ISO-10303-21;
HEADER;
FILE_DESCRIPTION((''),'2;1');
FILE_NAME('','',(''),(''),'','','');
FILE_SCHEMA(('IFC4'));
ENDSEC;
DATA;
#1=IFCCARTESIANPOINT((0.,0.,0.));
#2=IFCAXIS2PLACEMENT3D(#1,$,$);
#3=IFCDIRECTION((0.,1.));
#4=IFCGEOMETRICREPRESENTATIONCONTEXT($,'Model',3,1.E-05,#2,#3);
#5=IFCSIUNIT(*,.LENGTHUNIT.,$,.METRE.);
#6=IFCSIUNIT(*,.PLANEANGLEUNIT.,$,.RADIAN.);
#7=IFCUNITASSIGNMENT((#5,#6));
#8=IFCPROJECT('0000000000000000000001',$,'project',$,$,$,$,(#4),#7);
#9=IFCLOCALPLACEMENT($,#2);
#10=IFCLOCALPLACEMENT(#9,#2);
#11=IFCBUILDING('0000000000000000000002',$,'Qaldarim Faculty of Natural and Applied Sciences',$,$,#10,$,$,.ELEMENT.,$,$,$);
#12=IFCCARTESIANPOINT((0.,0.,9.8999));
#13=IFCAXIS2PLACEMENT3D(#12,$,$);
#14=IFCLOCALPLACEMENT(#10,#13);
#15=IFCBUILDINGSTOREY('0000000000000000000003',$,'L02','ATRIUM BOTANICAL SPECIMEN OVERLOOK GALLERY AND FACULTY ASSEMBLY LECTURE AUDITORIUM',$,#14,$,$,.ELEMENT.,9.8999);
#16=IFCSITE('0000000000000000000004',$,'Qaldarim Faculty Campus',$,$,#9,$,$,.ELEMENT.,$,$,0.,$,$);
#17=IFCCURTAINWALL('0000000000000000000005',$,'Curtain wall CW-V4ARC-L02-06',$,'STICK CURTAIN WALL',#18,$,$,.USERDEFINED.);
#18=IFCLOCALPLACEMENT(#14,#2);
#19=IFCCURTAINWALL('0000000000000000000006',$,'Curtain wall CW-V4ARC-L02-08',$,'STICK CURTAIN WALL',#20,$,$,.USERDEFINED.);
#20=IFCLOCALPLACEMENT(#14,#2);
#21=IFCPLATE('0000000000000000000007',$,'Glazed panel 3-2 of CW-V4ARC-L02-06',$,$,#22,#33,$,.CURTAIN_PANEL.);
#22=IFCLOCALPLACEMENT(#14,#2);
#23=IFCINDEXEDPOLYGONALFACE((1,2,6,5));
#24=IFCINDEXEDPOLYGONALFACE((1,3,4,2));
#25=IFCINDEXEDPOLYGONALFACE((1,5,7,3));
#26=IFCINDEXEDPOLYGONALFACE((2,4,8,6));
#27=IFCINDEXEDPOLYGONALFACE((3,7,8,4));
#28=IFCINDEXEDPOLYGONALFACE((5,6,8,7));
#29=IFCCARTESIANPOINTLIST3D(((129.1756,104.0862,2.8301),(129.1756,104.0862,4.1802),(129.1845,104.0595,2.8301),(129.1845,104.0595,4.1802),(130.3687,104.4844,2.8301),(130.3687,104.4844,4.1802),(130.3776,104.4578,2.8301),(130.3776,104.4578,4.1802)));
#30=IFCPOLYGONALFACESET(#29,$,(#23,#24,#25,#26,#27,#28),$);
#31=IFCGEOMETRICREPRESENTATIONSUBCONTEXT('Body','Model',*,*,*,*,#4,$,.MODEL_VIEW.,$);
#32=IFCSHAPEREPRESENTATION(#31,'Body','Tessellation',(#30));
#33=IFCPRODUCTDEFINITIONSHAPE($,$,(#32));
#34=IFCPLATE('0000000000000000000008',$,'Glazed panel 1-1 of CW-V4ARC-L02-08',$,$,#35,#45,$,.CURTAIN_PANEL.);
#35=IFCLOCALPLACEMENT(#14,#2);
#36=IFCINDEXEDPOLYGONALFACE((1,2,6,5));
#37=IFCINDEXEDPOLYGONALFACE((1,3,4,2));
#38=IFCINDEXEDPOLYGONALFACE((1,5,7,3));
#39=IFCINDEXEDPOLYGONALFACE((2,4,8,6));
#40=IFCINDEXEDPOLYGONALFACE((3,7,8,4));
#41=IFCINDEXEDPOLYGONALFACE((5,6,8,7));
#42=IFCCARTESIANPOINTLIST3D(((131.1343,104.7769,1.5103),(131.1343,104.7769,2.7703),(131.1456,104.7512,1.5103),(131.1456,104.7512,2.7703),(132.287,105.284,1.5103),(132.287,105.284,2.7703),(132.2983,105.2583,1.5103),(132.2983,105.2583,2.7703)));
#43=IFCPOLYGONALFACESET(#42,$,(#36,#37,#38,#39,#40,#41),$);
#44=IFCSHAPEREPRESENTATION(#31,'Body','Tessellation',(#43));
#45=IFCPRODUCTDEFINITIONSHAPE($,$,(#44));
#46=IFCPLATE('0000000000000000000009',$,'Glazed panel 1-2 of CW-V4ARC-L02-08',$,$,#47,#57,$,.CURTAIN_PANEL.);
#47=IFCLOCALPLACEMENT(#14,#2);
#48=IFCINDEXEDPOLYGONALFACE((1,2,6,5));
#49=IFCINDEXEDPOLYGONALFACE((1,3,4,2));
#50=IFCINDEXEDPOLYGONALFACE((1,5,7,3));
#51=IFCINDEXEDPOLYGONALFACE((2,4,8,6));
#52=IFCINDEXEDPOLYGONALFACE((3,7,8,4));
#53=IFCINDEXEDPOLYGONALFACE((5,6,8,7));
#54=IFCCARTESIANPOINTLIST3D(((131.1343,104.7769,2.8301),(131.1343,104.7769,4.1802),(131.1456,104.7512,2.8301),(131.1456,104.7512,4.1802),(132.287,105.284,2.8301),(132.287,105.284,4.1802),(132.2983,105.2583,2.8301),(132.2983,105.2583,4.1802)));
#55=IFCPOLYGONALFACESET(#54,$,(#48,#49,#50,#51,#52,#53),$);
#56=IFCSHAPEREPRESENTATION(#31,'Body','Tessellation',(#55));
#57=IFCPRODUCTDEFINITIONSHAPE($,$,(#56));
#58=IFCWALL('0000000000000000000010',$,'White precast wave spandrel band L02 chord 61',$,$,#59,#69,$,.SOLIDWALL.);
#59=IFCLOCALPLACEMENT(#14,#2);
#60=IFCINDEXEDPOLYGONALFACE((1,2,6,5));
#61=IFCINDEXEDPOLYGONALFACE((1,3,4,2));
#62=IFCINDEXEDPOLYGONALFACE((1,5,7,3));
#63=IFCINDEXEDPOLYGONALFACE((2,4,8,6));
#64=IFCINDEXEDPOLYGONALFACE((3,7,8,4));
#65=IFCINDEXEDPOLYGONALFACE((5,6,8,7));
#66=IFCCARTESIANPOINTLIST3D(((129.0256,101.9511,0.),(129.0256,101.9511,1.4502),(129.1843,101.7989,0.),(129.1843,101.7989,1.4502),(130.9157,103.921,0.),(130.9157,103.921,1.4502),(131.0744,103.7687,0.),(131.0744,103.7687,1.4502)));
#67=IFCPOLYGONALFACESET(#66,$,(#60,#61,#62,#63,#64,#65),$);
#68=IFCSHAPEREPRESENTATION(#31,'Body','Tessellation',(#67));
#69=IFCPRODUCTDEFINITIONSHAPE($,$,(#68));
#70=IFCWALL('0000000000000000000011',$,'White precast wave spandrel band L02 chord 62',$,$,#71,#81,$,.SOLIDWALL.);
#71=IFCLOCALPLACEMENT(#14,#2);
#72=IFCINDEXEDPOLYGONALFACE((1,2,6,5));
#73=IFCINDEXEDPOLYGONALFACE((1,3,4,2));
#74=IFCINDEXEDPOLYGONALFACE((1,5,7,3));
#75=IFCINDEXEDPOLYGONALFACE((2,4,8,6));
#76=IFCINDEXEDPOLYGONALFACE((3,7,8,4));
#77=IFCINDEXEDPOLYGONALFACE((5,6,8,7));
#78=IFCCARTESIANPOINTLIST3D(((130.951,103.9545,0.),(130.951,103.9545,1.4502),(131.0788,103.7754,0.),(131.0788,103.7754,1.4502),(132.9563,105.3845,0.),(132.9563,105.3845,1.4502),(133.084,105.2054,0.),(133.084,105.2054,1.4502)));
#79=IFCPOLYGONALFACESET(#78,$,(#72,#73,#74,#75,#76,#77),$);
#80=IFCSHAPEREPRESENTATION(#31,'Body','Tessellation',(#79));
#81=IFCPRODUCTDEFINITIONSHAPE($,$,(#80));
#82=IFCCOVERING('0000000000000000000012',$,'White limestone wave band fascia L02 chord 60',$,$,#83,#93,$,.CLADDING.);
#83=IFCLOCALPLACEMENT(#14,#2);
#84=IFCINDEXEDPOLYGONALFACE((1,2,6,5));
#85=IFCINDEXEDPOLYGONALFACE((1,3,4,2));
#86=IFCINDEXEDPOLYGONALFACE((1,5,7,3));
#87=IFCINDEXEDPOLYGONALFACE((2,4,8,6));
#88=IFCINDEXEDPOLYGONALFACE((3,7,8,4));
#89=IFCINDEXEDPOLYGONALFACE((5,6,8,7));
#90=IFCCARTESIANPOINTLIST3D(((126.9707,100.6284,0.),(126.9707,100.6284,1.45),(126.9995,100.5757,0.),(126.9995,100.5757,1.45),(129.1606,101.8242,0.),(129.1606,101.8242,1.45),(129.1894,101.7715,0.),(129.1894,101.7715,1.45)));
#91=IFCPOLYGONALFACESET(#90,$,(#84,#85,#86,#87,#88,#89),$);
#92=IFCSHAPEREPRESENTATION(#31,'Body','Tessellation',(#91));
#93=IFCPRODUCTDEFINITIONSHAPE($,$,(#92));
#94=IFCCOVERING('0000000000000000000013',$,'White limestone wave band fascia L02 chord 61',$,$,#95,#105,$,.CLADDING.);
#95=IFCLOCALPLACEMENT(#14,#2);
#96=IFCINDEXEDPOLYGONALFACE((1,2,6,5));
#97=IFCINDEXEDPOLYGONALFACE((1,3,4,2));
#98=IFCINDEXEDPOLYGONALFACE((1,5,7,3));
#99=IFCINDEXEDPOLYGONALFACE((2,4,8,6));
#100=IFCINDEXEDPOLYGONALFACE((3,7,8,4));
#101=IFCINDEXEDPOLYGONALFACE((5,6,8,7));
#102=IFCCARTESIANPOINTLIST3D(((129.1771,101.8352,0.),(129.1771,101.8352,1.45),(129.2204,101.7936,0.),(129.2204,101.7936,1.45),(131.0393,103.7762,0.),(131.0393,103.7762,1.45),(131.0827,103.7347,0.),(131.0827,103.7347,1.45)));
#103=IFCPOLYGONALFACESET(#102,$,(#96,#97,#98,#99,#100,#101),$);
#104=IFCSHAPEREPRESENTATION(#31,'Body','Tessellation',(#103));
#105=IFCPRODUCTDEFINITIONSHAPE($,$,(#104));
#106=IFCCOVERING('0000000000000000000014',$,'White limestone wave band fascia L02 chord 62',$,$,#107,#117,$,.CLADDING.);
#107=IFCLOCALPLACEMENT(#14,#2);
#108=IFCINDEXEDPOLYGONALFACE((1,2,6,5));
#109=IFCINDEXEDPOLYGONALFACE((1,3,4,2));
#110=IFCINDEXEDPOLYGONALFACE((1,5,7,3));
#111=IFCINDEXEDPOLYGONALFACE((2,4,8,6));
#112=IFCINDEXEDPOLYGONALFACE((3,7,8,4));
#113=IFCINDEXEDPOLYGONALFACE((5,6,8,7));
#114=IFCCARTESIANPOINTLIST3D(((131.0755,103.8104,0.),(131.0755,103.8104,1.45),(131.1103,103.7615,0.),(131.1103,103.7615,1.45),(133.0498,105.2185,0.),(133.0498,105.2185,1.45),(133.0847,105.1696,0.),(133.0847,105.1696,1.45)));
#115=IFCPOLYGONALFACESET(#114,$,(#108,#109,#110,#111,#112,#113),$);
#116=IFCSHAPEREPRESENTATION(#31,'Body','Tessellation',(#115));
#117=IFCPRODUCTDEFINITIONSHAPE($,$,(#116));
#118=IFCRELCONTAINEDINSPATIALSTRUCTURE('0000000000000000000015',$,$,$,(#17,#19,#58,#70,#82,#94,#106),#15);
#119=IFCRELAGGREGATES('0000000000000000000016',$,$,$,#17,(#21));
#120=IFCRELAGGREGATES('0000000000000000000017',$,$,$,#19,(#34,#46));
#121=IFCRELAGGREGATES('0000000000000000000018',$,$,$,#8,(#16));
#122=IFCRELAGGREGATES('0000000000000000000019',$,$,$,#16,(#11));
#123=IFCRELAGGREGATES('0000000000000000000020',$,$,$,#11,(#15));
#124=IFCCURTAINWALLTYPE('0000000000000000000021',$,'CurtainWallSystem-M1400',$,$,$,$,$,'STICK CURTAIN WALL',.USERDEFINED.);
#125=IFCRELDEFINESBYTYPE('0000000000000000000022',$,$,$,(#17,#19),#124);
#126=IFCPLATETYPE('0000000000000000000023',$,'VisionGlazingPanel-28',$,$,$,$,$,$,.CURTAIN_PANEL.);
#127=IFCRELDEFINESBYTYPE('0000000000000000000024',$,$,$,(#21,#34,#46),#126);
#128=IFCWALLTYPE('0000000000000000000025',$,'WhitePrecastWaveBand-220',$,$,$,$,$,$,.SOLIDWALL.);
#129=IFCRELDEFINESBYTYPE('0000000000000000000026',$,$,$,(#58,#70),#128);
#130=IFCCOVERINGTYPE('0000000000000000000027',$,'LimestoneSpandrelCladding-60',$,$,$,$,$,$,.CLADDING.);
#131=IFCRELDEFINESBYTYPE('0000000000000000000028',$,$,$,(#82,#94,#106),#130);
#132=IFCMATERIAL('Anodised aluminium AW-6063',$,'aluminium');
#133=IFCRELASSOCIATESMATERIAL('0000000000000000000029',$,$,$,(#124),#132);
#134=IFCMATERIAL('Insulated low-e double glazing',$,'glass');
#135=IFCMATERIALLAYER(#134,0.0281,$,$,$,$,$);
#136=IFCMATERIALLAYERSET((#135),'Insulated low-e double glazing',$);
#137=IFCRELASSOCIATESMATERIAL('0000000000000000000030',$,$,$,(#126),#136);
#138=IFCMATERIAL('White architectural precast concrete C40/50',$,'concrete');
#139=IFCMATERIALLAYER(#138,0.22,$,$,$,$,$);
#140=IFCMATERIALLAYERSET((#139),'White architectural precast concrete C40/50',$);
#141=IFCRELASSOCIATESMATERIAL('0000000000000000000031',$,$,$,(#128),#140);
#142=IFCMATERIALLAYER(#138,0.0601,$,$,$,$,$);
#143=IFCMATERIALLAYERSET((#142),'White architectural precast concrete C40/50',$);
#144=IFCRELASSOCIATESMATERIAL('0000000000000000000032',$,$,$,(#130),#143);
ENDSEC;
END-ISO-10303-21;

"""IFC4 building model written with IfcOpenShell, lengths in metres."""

from ifc_helpers import new_model, si_unit, direction, frame, frame_2d, origin, origin_2d, place, context, subcontext, project, spatial, rectangle, extrude, material, layer, layer_set, type_object, element, aggregate, save


model = new_model("IFC4")

# Units and contexts
model_context = context("Model", 3, precision=1e-05, world=origin(), true_north=direction((0.0, 1.0)))
body_context = subcontext(model_context, "Body", "Model", "MODEL_VIEW")
ifc_project = project(units=[si_unit("LENGTHUNIT", "METRE"), si_unit("PLANEANGLEUNIT", "RADIAN")], contexts=[model_context])

# Site, building, storey
site_placement = place(None, origin())
site = spatial("IfcSite", under=ifc_project, at=site_placement, Name="Qaldarim Faculty Campus", CompositionType="ELEMENT", RefElevation=0.0)
building_placement = place(site_placement, origin())
building = spatial("IfcBuilding", under=site, at=building_placement, Name="Qaldarim Faculty of Natural and Applied Sciences", CompositionType="ELEMENT")
storey_placement = place(building_placement, frame((0.0, 0.0, 9.8999)))
storey = spatial("IfcBuildingStorey", under=building, at=storey_placement, Name="L02", Description="ATRIUM BOTANICAL SPECIMEN OVERLOOK GALLERY AND FACULTY ASSEMBLY LECTURE AUDITORIUM", CompositionType="ELEMENT", Elevation=9.8999)

# Curtain wall
ifc_material_1 = material(Name="Anodised aluminium AW-6063", Category="aluminium")
curtain_wall_type = type_object("IfcCurtainWallType", Name="CurtainWallSystem-M1400", ElementType="STICK CURTAIN WALL", PredefinedType="USERDEFINED", material=ifc_material_1)
curtain_wall_1_placement = place(storey_placement, origin())
curtain_wall_1 = element("IfcCurtainWall", 1, at=curtain_wall_1_placement, inside=storey, type_object=curtain_wall_type, Name="Curtain wall CW-V4ARC-L02-06", ObjectType="STICK CURTAIN WALL", PredefinedType="USERDEFINED")

# Curtain wall
curtain_wall_2_placement = place(storey_placement, origin())
curtain_wall_2 = element("IfcCurtainWall", 2, at=curtain_wall_2_placement, inside=storey, type_object=curtain_wall_type, Name="Curtain wall CW-V4ARC-L02-08", ObjectType="STICK CURTAIN WALL", PredefinedType="USERDEFINED")

# Plates
ifc_material_2 = material(Name="Insulated low-e double glazing", Category="glass")
ifc_layer_1 = layer(ifc_material_2, 0.0281)
ifc_layer_set_1 = layer_set([ifc_layer_1], Name="Insulated low-e double glazing")
plate_type = type_object("IfcPlateType", Name="VisionGlazingPanel-28", PredefinedType="CURTAIN_PANEL", material=ifc_layer_set_1)
plate_1_placement = place(storey_placement, frame((129.7766, 104.272, 2.8301), z_axis=(0.0, 0.0, 1.0), x_axis=(0.948562, 0.316593, 0.0)))
plate_1 = element("IfcPlate", 3, at=plate_1_placement, type_object=plate_type, Name="Glazed panel 3-2 of CW-V4ARC-L02-06", PredefinedType="CURTAIN_PANEL", context=body_context, shape_type="SweptSolid", body=[
    extrude(rectangle(XDim=1.2578, YDim=0.0281, at=origin_2d()), origin(), (0.0, 0.0, 1.0), 1.3501),
])
aggregate(curtain_wall_1, [plate_1])
plate_2_placement = place(storey_placement, frame((131.7163, 105.0176, 1.5103), z_axis=(0.0, 0.0, 1.0), x_axis=(0.915333, 0.402699, 0.0)))
plate_2 = element("IfcPlate", 4, at=plate_2_placement, type_object=plate_type, Name="Glazed panel 1-1 of CW-V4ARC-L02-08", PredefinedType="CURTAIN_PANEL", context=body_context, shape_type="SweptSolid", body=[
    extrude(rectangle(XDim=1.2593, YDim=0.0281, at=origin_2d()), origin(), (0.0, 0.0, 1.0), 1.26),
])
plate_3_placement = place(storey_placement, frame((131.7163, 105.0176, 2.8301), z_axis=(0.0, 0.0, 1.0), x_axis=(0.915333, 0.402699, 0.0)))
plate_3 = element("IfcPlate", 5, at=plate_3_placement, type_object=plate_type, Name="Glazed panel 1-2 of CW-V4ARC-L02-08", PredefinedType="CURTAIN_PANEL", context=body_context, shape_type="SweptSolid", body=[
    extrude(rectangle(XDim=1.2593, YDim=0.0281, at=origin_2d()), origin(), (0.0, 0.0, 1.0), 1.3501),
])
aggregate(curtain_wall_2, [plate_2, plate_3])

# Walls
ifc_material_3 = material(Name="White architectural precast concrete C40/50", Category="concrete")
ifc_layer_2 = layer(ifc_material_3, 0.22)
ifc_layer_set_2 = layer_set([ifc_layer_2], Name="White architectural precast concrete C40/50")
wall_type = type_object("IfcWallType", Name="WhitePrecastWaveBand-220", PredefinedType="SOLIDWALL", material=ifc_layer_set_2)
wall_1_placement = place(storey_placement, frame((129.105, 101.875, 0.0), z_axis=(0.0, 0.0, 1.0), x_axis=(0.692334, 0.721577, 0.0)))
element("IfcWall", 6, at=wall_1_placement, inside=storey, type_object=wall_type, Name="White precast wave spandrel band L02 chord 61", PredefinedType="SOLIDWALL", context=body_context, shape_type="SweptSolid", body=[
    extrude(rectangle(XDim=2.73, YDim=0.22, at=frame_2d((1.365, 0.0))), origin(), (0.0, 0.0, 1.0), 1.4502),
])
wall_2_placement = place(storey_placement, frame((131.0149, 103.865, 0.0), z_axis=(0.0, 0.0, 1.0), x_axis=(0.814175, 0.580619, 0.0)))
element("IfcWall", 7, at=wall_2_placement, inside=storey, type_object=wall_type, Name="White precast wave spandrel band L02 chord 62", PredefinedType="SOLIDWALL", context=body_context, shape_type="SweptSolid", body=[
    extrude(rectangle(XDim=2.4629, YDim=0.22, at=frame_2d((1.2314, 0.0))), origin(), (0.0, 0.0, 1.0), 1.4502),
])

# Coverings
ifc_layer_3 = layer(ifc_material_3, 0.0601)
ifc_layer_set_3 = layer_set([ifc_layer_3], Name="White architectural precast concrete C40/50")
covering_type = type_object("IfcCoveringType", Name="LimestoneSpandrelCladding-60", PredefinedType="CLADDING", material=ifc_layer_set_3)
covering_1_placement = place(storey_placement, frame((128.0801, 101.2, 0.0), z_axis=(0.0, 0.0, 1.0), x_axis=(0.877665, 0.479274, 0.0)))
element("IfcCovering", 8, at=covering_1_placement, inside=storey, type_object=covering_type, Name="White limestone wave band fascia L02 chord 60", PredefinedType="CLADDING", context=body_context, shape_type="SweptSolid", body=[
    extrude(rectangle(XDim=2.4951, YDim=0.0601, at=origin_2d()), origin(), (0.0, 0.0, 1.0), 1.45),
])
covering_2_placement = place(storey_placement, frame((130.1299, 102.7849, 0.0), z_axis=(0.0, 0.0, 1.0), x_axis=(0.692307, 0.721603, 0.0)))
element("IfcCovering", 9, at=covering_2_placement, inside=storey, type_object=covering_type, Name="White limestone wave band fascia L02 chord 61", PredefinedType="CLADDING", context=body_context, shape_type="SweptSolid", body=[
    extrude(rectangle(XDim=2.6899, YDim=0.0601, at=origin_2d()), origin(), (0.0, 0.0, 1.0), 1.45),
])
covering_3_placement = place(storey_placement, frame((132.0801, 104.49, 0.0), z_axis=(0.0, 0.0, 1.0), x_axis=(0.814146, 0.58066, 0.0)))
element("IfcCovering", 10, at=covering_3_placement, inside=storey, type_object=covering_type, Name="White limestone wave band fascia L02 chord 62", PredefinedType="CLADDING", context=body_context, shape_type="SweptSolid", body=[
    extrude(rectangle(XDim=2.425, YDim=0.0601, at=origin_2d()), origin(), (0.0, 0.0, 1.0), 1.45),
])

save(model, "model.ifc")
